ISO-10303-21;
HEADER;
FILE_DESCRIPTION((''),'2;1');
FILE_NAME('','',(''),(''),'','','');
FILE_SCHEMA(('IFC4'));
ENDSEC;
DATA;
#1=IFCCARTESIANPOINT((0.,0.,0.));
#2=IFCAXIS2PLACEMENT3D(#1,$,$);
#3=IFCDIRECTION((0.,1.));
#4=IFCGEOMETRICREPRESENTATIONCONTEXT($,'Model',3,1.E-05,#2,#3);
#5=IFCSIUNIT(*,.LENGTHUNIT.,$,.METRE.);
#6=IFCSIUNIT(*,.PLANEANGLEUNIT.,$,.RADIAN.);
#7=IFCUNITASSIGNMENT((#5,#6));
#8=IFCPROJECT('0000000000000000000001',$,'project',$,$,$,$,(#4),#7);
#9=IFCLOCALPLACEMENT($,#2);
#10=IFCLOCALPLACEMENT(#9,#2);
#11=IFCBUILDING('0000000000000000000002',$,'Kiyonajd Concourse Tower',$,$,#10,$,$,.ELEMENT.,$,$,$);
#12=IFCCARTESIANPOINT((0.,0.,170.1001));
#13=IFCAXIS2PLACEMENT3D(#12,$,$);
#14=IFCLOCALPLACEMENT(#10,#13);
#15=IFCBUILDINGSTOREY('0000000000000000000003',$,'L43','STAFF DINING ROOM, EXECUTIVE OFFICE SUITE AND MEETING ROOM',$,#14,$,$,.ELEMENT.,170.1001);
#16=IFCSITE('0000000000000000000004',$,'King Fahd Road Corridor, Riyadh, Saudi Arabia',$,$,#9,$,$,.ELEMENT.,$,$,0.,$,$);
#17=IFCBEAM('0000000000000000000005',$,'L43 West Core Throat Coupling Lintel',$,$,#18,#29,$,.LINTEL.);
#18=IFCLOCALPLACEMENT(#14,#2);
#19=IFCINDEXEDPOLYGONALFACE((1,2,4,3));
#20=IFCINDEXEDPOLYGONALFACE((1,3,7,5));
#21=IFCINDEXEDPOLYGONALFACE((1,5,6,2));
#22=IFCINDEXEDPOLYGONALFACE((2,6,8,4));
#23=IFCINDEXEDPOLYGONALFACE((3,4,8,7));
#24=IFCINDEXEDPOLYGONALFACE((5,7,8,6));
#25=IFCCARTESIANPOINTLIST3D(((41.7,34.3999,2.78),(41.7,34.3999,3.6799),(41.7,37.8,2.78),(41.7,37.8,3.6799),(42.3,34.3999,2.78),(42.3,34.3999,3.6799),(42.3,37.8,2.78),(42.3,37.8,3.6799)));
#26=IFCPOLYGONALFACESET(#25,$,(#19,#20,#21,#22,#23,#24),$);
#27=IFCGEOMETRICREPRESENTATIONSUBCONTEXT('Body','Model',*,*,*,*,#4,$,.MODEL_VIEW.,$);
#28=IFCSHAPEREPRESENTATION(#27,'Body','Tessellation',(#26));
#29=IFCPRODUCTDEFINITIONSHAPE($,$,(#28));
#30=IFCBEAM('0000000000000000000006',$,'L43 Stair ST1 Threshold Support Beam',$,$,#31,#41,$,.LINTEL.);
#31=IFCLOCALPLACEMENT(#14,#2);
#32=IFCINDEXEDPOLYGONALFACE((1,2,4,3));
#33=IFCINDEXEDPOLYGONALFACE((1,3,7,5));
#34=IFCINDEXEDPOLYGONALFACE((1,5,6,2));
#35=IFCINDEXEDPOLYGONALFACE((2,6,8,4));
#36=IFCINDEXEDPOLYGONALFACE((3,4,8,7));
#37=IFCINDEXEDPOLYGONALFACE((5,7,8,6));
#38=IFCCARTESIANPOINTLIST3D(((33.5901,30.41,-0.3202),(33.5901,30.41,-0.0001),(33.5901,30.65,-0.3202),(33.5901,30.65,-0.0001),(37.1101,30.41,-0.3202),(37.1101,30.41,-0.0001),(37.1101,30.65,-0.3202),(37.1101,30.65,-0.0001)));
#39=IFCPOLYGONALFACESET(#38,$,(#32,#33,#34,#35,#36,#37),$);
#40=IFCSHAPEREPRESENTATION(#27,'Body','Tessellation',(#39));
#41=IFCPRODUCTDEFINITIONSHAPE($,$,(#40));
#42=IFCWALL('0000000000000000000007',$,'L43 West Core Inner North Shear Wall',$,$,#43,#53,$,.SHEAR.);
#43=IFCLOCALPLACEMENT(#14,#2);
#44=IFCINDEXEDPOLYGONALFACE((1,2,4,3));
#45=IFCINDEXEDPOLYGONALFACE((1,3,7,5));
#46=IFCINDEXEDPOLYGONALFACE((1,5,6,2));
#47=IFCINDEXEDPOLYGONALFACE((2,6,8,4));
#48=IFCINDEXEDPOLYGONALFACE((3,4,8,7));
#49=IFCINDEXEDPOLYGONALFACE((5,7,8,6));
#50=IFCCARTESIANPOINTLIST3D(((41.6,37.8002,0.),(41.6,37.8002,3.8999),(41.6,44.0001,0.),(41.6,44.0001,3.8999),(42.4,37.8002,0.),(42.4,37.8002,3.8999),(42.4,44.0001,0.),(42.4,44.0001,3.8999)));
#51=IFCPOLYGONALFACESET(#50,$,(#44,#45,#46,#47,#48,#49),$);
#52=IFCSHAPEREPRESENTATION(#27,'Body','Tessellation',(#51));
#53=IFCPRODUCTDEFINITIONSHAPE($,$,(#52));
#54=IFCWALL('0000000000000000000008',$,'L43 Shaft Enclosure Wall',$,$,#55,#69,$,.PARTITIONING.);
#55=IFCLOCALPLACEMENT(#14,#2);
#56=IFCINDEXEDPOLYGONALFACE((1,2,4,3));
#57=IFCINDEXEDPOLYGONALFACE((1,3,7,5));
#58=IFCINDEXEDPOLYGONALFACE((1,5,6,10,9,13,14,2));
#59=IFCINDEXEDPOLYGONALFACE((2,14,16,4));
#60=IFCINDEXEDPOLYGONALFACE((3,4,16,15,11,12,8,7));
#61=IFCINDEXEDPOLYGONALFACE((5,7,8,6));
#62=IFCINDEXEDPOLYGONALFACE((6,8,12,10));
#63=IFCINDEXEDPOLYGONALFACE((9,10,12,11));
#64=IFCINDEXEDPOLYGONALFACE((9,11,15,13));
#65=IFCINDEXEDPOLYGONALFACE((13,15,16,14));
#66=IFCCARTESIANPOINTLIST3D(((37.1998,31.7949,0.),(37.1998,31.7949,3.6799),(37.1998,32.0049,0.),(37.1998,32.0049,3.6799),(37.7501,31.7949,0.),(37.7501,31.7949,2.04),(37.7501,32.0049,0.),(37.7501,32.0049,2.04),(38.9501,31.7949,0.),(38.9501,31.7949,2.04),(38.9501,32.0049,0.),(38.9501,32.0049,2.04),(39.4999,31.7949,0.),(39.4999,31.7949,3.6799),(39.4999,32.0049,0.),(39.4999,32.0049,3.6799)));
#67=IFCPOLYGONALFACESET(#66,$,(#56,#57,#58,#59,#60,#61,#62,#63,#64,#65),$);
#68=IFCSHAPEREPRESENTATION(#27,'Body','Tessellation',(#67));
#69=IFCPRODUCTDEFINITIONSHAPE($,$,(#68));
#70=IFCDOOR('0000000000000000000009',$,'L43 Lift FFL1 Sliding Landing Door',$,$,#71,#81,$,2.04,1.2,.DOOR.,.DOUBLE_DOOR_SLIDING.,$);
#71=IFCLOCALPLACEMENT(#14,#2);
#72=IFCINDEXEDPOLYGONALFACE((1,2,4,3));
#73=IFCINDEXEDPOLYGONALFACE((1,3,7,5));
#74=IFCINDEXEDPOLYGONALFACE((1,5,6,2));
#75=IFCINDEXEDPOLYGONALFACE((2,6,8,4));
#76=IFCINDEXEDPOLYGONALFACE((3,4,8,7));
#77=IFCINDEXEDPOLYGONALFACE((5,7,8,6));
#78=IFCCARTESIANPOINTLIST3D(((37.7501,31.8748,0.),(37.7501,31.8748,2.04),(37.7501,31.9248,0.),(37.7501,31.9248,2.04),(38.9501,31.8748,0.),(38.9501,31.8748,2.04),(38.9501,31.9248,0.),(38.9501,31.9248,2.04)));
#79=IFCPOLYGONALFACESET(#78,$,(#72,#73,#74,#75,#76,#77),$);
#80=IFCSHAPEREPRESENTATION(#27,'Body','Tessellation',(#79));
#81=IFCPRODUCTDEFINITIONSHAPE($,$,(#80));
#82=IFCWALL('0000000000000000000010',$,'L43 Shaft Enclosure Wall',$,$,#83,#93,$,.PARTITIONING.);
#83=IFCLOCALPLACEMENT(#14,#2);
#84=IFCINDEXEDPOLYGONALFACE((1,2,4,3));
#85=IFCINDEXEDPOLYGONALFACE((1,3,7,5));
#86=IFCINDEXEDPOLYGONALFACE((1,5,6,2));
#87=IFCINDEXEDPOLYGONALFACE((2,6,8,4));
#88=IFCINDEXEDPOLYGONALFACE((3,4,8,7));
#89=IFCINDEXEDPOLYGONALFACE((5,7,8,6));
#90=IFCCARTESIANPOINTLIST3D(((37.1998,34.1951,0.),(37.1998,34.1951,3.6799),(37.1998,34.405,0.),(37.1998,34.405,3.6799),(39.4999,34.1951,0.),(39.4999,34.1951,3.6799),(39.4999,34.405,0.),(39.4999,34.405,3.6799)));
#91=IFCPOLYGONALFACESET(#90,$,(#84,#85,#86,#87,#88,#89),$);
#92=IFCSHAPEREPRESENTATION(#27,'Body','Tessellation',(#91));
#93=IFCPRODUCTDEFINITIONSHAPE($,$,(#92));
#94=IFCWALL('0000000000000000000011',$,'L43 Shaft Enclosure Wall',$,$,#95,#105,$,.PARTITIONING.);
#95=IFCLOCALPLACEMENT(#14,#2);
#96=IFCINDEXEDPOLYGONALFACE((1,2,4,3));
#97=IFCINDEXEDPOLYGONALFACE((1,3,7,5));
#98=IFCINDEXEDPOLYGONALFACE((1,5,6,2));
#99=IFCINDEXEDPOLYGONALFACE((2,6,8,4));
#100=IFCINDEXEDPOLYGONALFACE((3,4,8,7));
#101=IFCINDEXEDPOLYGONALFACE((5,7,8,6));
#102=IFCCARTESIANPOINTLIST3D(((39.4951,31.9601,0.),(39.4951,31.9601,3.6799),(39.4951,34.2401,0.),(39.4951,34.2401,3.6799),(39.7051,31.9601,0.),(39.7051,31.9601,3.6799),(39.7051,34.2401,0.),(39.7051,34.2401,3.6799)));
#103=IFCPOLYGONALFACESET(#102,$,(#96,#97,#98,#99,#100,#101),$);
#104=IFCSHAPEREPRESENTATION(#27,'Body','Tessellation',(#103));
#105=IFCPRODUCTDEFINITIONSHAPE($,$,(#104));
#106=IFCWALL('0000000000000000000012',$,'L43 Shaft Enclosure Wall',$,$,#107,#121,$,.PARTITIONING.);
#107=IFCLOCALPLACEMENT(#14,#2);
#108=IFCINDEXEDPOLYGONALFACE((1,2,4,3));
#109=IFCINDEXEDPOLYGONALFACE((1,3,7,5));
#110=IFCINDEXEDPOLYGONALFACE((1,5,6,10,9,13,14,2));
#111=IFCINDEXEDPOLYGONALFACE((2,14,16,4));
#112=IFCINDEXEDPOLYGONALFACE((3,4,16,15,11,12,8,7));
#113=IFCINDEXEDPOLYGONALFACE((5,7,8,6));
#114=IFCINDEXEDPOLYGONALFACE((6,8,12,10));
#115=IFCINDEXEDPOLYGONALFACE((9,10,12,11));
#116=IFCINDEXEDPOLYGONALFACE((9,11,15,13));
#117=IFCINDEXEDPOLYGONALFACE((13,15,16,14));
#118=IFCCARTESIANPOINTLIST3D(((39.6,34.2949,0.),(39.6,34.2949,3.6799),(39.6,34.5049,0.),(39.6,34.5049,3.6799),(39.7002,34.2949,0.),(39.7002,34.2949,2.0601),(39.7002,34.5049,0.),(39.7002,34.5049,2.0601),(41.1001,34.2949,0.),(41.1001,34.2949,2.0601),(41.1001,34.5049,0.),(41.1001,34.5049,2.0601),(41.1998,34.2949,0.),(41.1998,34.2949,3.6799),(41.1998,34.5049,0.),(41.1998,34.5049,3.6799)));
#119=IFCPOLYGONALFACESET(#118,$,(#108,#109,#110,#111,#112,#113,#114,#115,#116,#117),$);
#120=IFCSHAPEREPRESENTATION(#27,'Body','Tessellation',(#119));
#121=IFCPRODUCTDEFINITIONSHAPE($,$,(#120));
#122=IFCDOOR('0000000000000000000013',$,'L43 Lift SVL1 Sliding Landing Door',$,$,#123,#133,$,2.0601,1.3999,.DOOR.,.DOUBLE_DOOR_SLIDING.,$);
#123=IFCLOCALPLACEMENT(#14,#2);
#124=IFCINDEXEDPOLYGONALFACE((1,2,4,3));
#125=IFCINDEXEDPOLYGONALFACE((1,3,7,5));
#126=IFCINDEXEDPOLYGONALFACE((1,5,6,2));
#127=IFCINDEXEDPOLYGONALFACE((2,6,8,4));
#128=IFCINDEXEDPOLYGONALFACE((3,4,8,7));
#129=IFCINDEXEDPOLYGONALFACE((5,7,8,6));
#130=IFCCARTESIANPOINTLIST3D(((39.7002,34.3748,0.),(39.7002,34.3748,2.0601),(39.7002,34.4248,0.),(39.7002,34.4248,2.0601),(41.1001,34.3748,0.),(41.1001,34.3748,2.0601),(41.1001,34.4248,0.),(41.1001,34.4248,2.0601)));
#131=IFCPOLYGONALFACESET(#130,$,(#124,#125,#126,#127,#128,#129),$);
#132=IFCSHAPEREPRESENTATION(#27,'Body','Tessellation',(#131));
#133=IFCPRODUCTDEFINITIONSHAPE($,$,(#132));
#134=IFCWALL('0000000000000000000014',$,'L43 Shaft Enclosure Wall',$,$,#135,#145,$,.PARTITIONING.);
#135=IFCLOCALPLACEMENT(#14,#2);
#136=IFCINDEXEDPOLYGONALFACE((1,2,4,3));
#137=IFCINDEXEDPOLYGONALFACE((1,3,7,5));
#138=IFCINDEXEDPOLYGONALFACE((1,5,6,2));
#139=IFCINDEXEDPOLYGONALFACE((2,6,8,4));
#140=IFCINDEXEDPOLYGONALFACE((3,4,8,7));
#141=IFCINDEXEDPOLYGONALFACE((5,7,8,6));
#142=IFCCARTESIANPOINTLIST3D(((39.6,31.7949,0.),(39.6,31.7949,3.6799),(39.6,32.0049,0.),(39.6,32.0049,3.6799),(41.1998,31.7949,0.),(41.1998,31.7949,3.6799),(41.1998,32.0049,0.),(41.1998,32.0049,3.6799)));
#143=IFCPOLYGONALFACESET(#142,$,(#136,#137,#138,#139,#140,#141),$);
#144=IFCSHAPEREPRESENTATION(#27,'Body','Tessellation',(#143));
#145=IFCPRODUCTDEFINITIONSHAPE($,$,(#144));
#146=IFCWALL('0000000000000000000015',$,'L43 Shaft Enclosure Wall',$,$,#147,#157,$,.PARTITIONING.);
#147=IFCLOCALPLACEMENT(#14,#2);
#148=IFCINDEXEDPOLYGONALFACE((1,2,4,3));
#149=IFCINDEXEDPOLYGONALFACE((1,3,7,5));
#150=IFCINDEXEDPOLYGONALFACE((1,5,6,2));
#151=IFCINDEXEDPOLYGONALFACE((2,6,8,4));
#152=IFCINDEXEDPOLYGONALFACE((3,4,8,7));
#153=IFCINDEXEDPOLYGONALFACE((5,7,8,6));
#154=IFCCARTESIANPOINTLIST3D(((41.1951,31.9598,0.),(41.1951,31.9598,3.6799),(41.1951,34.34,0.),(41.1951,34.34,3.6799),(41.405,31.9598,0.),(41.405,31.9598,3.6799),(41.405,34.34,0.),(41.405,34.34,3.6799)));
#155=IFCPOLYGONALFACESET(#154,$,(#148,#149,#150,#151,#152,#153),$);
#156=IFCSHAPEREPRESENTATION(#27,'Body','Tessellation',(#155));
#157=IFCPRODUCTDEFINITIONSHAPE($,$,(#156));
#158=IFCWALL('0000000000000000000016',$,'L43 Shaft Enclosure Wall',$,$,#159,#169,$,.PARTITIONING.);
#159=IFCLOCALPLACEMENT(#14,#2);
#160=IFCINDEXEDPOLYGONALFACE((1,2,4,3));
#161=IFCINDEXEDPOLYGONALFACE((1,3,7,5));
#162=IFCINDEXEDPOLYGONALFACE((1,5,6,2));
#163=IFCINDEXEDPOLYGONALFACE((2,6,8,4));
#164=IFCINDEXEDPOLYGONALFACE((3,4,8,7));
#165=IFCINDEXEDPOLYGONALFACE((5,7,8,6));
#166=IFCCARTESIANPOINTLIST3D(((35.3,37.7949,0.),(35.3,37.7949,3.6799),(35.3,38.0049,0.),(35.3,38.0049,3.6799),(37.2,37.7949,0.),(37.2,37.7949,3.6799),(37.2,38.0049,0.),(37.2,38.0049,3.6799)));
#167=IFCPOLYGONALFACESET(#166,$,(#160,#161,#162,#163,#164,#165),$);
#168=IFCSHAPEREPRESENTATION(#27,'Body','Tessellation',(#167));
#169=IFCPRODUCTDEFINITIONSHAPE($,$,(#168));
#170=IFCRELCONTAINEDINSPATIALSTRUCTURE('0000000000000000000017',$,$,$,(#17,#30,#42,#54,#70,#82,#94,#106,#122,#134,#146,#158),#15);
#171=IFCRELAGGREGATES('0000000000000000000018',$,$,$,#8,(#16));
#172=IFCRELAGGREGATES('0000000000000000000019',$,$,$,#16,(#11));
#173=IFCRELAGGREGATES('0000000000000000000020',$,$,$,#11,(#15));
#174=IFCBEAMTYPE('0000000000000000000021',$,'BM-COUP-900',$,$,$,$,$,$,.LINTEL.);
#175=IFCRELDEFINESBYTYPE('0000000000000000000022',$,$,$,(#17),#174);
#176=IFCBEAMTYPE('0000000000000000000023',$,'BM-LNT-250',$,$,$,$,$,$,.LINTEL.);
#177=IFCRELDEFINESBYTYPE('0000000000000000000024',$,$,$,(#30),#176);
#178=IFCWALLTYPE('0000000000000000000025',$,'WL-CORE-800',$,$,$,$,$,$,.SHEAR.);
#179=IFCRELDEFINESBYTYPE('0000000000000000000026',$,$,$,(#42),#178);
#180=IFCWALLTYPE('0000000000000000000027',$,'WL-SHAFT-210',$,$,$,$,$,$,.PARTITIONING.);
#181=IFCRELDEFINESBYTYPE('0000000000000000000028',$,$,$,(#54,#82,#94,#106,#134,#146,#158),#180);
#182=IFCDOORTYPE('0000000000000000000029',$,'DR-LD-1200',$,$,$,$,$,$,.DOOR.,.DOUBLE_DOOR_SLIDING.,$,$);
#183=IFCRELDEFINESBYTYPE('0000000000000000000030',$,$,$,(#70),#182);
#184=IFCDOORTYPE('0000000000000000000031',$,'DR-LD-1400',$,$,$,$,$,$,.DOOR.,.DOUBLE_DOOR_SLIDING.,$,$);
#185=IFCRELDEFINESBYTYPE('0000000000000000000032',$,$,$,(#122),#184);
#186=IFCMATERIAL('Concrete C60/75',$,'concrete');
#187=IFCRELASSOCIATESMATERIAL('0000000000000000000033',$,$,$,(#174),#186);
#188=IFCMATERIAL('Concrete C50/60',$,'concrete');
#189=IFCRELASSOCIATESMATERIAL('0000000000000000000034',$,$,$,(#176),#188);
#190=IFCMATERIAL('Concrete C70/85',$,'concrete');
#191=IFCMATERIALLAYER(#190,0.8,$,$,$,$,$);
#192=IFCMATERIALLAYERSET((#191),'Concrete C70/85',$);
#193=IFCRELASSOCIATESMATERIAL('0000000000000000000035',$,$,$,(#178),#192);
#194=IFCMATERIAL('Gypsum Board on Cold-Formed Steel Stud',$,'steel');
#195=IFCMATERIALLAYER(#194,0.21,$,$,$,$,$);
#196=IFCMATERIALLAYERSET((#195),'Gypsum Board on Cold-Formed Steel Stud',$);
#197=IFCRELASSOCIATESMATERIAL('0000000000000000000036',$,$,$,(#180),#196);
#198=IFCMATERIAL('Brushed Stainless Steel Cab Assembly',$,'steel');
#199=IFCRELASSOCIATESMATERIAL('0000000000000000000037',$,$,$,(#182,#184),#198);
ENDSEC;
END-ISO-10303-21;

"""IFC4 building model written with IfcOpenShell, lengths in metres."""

from ifc_helpers import new_model, si_unit, direction, frame, frame_2d, origin, origin_2d, place, context, subcontext, project, spatial, rectangle, extrude, material, layer, layer_set, material_profile, profile_set, type_object, element, fill, save


model = new_model("IFC4")

# Units and contexts
model_context = context("Model", 3, precision=1e-05, world=origin(), true_north=direction((0.0, 1.0)))
body_context = subcontext(model_context, "Body", "Model", "MODEL_VIEW")
ifc_project = project(units=[si_unit("LENGTHUNIT", "METRE"), si_unit("PLANEANGLEUNIT", "RADIAN")], contexts=[model_context])

# Site, building, storey
site_placement = place(None, origin())
site = spatial("IfcSite", under=ifc_project, at=site_placement, Name="King Fahd Road Corridor, Riyadh, Saudi Arabia", CompositionType="ELEMENT", RefElevation=0.0)
building_placement = place(site_placement, origin())
building = spatial("IfcBuilding", under=site, at=building_placement, Name="Kiyonajd Concourse Tower", CompositionType="ELEMENT")
storey_placement = place(building_placement, frame((0.0, 0.0, 170.1001)))
storey = spatial("IfcBuildingStorey", under=building, at=storey_placement, Name="L43", Description="STAFF DINING ROOM, EXECUTIVE OFFICE SUITE AND MEETING ROOM", CompositionType="ELEMENT", Elevation=170.1001)

# Beams
ifc_material_1 = material(Name="Concrete C60/75", Category="concrete")
ifc_material_profile_1 = material_profile(ifc_material_1, rectangle(XDim=0.6001, YDim=0.8999, at=origin_2d()), Name="RCBM-600x900")
ifc_profile_set_1 = profile_set([ifc_material_profile_1], Name="Concrete C60/75")
beam_type_1 = type_object("IfcBeamType", Name="BM-COUP-900", PredefinedType="LINTEL", material=ifc_profile_set_1)
beam_1_placement = place(storey_placement, frame((42.0, 34.3999, 3.23), z_axis=(0.0, 1.0, 0.0), x_axis=(-1.0, 0.0, 0.0)))
element("IfcBeam", 1, at=beam_1_placement, inside=storey, type_object=beam_type_1, Name="L43 West Core Throat Coupling Lintel", PredefinedType="LINTEL", context=body_context, shape_type="SweptSolid", body=[
    extrude(rectangle(XDim=0.6001, YDim=0.8999, at=origin_2d()), origin(), (0.0, 0.0, 1.0), 3.4001),
])
ifc_material_2 = material(Name="Concrete C50/60", Category="concrete")
ifc_material_profile_2 = material_profile(ifc_material_2, rectangle(XDim=0.24, YDim=0.3201, at=origin_2d()), Name="RCBM-240x320")
ifc_profile_set_2 = profile_set([ifc_material_profile_2], Name="Concrete C50/60")
beam_type_2 = type_object("IfcBeamType", Name="BM-LNT-250", PredefinedType="LINTEL", material=ifc_profile_set_2)
beam_2_placement = place(storey_placement, frame((33.5901, 30.53, -0.1602), z_axis=(1.0, 0.0, 0.0), x_axis=(0.0, 1.0, 0.0)))
element("IfcBeam", 2, at=beam_2_placement, inside=storey, type_object=beam_type_2, Name="L43 Stair ST1 Threshold Support Beam", PredefinedType="LINTEL", context=body_context, shape_type="SweptSolid", body=[
    extrude(rectangle(XDim=0.24, YDim=0.3201, at=origin_2d()), origin(), (0.0, 0.0, 1.0), 3.52),
])

# Wall
ifc_material_3 = material(Name="Concrete C70/85", Category="concrete")
ifc_layer_1 = layer(ifc_material_3, 0.8)
ifc_layer_set_1 = layer_set([ifc_layer_1], Name="Concrete C70/85")
wall_type_1 = type_object("IfcWallType", Name="WL-CORE-800", PredefinedType="SHEAR", material=ifc_layer_set_1)
wall_1_placement = place(storey_placement, frame((42.0, 37.8, 0.0), z_axis=(0.0, 0.0, 1.0), x_axis=(0.0, 1.0, 0.0)))
element("IfcWall", 3, at=wall_1_placement, inside=storey, type_object=wall_type_1, Name="L43 West Core Inner North Shear Wall", PredefinedType="SHEAR", context=body_context, shape_type="SweptSolid", body=[
    extrude(rectangle(XDim=6.2, YDim=0.8, at=frame_2d((3.1001, 0.0))), origin(), (0.0, 0.0, 1.0), 3.8999),
])

# Wall, opening, door
ifc_material_4 = material(Name="Gypsum Board on Cold-Formed Steel Stud", Category="steel")
ifc_layer_2 = layer(ifc_material_4, 0.21)
ifc_layer_set_2 = layer_set([ifc_layer_2], Name="Gypsum Board on Cold-Formed Steel Stud")
wall_type_2 = type_object("IfcWallType", Name="WL-SHAFT-210", PredefinedType="PARTITIONING", material=ifc_layer_set_2)
wall_2_placement = place(storey_placement, frame((37.2, 31.8999, 0.0), z_axis=(0.0, 0.0, 1.0), x_axis=(1.0, 0.0, 0.0)))
wall_2 = element("IfcWall", 4, at=wall_2_placement, inside=storey, type_object=wall_type_2, Name="L43 Shaft Enclosure Wall", PredefinedType="PARTITIONING", context=body_context, shape_type="SweptSolid", body=[
    extrude(rectangle(XDim=2.3, YDim=0.21, at=frame_2d((1.1499, 0.0))), origin(), (0.0, 0.0, 1.0), 3.6799),
])
opening_1_placement = place(wall_2_placement, frame((0.55, 0.0, 0.0)))
opening_1 = element("IfcOpeningElement", 5, at=opening_1_placement, cuts=wall_2, PredefinedType="OPENING", context=body_context, shape_type="SweptSolid", body=[
    extrude(rectangle(XDim=1.2, YDim=2.04, at=frame_2d((0.6001, 1.02))), frame((0.0, 0.115, 0.0), z_axis=(0.0, -1.0, 0.0), x_axis=(1.0, 0.0, 0.0)), (0.0, 0.0, 1.0), 0.23),
])
ifc_material_5 = material(Name="Brushed Stainless Steel Cab Assembly", Category="steel")
door_type_1 = type_object("IfcDoorType", Name="DR-LD-1200", OperationType="DOUBLE_DOOR_SLIDING", PredefinedType="DOOR", material=ifc_material_5)
door_1_placement = place(opening_1_placement, origin())
door_1 = element("IfcDoor", 6, at=door_1_placement, inside=storey, type_object=door_type_1, Name="L43 Lift FFL1 Sliding Landing Door", OperationType="DOUBLE_DOOR_SLIDING", OverallHeight=2.04, OverallWidth=1.2, PredefinedType="DOOR", context=body_context, shape_type="SweptSolid", body=[
    extrude(rectangle(XDim=1.2, YDim=2.04, at=frame_2d((0.6001, 1.02))), frame((0.0, 0.0249, 0.0), z_axis=(0.0, -1.0, 0.0), x_axis=(1.0, 0.0, 0.0)), (0.0, 0.0, 1.0), 0.05),
])
fill(opening_1, door_1)

# Walls
wall_3_placement = place(storey_placement, frame((37.2, 34.3, 0.0), z_axis=(0.0, 0.0, 1.0), x_axis=(1.0, 0.0, 0.0)))
element("IfcWall", 7, at=wall_3_placement, inside=storey, type_object=wall_type_2, Name="L43 Shaft Enclosure Wall", PredefinedType="PARTITIONING", context=body_context, shape_type="SweptSolid", body=[
    extrude(rectangle(XDim=2.3, YDim=0.21, at=frame_2d((1.1499, 0.0))), origin(), (0.0, 0.0, 1.0), 3.6799),
])
wall_4_placement = place(storey_placement, frame((39.6001, 31.96, 0.0), z_axis=(0.0, 0.0, 1.0), x_axis=(0.0, 1.0, 0.0)))
element("IfcWall", 8, at=wall_4_placement, inside=storey, type_object=wall_type_2, Name="L43 Shaft Enclosure Wall", PredefinedType="PARTITIONING", context=body_context, shape_type="SweptSolid", body=[
    extrude(rectangle(XDim=2.28, YDim=0.21, at=frame_2d((1.1401, 0.0))), origin(), (0.0, 0.0, 1.0), 3.6799),
])

# Wall, opening, door
wall_5_placement = place(storey_placement, frame((39.6001, 34.3999, 0.0), z_axis=(0.0, 0.0, 1.0), x_axis=(1.0, 0.0, 0.0)))
wall_5 = element("IfcWall", 9, at=wall_5_placement, inside=storey, type_object=wall_type_2, Name="L43 Shaft Enclosure Wall", PredefinedType="PARTITIONING", context=body_context, shape_type="SweptSolid", body=[
    extrude(rectangle(XDim=1.5999, YDim=0.21, at=frame_2d((0.7998, 0.0))), origin(), (0.0, 0.0, 1.0), 3.6799),
])
opening_2_placement = place(wall_5_placement, frame((0.1001, 0.0, 0.0)))
opening_2 = element("IfcOpeningElement", 10, at=opening_2_placement, cuts=wall_5, PredefinedType="OPENING", context=body_context, shape_type="SweptSolid", body=[
    extrude(rectangle(XDim=1.3999, YDim=2.0601, at=frame_2d((0.7, 1.03))), frame((0.0, 0.115, 0.0), z_axis=(0.0, -1.0, 0.0), x_axis=(1.0, 0.0, 0.0)), (0.0, 0.0, 1.0), 0.23),
])
door_type_2 = type_object("IfcDoorType", Name="DR-LD-1400", OperationType="DOUBLE_DOOR_SLIDING", PredefinedType="DOOR", material=ifc_material_5)
door_2_placement = place(opening_2_placement, origin())
door_2 = element("IfcDoor", 11, at=door_2_placement, inside=storey, type_object=door_type_2, Name="L43 Lift SVL1 Sliding Landing Door", OperationType="DOUBLE_DOOR_SLIDING", OverallHeight=2.0601, OverallWidth=1.3999, PredefinedType="DOOR", context=body_context, shape_type="SweptSolid", body=[
    extrude(rectangle(XDim=1.3999, YDim=2.0601, at=frame_2d((0.7, 1.03))), frame((0.0, 0.0249, 0.0), z_axis=(0.0, -1.0, 0.0), x_axis=(1.0, 0.0, 0.0)), (0.0, 0.0, 1.0), 0.05),
])
fill(opening_2, door_2)

# Walls
wall_6_placement = place(storey_placement, frame((39.6001, 31.8999, 0.0), z_axis=(0.0, 0.0, 1.0), x_axis=(1.0, 0.0, 0.0)))
element("IfcWall", 12, at=wall_6_placement, inside=storey, type_object=wall_type_2, Name="L43 Shaft Enclosure Wall", PredefinedType="PARTITIONING", context=body_context, shape_type="SweptSolid", body=[
    extrude(rectangle(XDim=1.5999, YDim=0.21, at=frame_2d((0.7998, 0.0))), origin(), (0.0, 0.0, 1.0), 3.6799),
])
wall_7_placement = place(storey_placement, frame((41.3, 31.96, 0.0), z_axis=(0.0, 0.0, 1.0), x_axis=(0.0, 1.0, 0.0)))
element("IfcWall", 13, at=wall_7_placement, inside=storey, type_object=wall_type_2, Name="L43 Shaft Enclosure Wall", PredefinedType="PARTITIONING", context=body_context, shape_type="SweptSolid", body=[
    extrude(rectangle(XDim=2.3801, YDim=0.21, at=frame_2d((1.1899, 0.0))), origin(), (0.0, 0.0, 1.0), 3.6799),
])
wall_8_placement = place(storey_placement, frame((35.3, 37.8999, 0.0), z_axis=(0.0, 0.0, 1.0), x_axis=(1.0, 0.0, 0.0)))
element("IfcWall", 14, at=wall_8_placement, inside=storey, type_object=wall_type_2, Name="L43 Shaft Enclosure Wall", PredefinedType="PARTITIONING", context=body_context, shape_type="SweptSolid", body=[
    extrude(rectangle(XDim=1.8999, YDim=0.21, at=frame_2d((0.95, 0.0))), origin(), (0.0, 0.0, 1.0), 3.6799),
])

save(model, "model.ifc")
